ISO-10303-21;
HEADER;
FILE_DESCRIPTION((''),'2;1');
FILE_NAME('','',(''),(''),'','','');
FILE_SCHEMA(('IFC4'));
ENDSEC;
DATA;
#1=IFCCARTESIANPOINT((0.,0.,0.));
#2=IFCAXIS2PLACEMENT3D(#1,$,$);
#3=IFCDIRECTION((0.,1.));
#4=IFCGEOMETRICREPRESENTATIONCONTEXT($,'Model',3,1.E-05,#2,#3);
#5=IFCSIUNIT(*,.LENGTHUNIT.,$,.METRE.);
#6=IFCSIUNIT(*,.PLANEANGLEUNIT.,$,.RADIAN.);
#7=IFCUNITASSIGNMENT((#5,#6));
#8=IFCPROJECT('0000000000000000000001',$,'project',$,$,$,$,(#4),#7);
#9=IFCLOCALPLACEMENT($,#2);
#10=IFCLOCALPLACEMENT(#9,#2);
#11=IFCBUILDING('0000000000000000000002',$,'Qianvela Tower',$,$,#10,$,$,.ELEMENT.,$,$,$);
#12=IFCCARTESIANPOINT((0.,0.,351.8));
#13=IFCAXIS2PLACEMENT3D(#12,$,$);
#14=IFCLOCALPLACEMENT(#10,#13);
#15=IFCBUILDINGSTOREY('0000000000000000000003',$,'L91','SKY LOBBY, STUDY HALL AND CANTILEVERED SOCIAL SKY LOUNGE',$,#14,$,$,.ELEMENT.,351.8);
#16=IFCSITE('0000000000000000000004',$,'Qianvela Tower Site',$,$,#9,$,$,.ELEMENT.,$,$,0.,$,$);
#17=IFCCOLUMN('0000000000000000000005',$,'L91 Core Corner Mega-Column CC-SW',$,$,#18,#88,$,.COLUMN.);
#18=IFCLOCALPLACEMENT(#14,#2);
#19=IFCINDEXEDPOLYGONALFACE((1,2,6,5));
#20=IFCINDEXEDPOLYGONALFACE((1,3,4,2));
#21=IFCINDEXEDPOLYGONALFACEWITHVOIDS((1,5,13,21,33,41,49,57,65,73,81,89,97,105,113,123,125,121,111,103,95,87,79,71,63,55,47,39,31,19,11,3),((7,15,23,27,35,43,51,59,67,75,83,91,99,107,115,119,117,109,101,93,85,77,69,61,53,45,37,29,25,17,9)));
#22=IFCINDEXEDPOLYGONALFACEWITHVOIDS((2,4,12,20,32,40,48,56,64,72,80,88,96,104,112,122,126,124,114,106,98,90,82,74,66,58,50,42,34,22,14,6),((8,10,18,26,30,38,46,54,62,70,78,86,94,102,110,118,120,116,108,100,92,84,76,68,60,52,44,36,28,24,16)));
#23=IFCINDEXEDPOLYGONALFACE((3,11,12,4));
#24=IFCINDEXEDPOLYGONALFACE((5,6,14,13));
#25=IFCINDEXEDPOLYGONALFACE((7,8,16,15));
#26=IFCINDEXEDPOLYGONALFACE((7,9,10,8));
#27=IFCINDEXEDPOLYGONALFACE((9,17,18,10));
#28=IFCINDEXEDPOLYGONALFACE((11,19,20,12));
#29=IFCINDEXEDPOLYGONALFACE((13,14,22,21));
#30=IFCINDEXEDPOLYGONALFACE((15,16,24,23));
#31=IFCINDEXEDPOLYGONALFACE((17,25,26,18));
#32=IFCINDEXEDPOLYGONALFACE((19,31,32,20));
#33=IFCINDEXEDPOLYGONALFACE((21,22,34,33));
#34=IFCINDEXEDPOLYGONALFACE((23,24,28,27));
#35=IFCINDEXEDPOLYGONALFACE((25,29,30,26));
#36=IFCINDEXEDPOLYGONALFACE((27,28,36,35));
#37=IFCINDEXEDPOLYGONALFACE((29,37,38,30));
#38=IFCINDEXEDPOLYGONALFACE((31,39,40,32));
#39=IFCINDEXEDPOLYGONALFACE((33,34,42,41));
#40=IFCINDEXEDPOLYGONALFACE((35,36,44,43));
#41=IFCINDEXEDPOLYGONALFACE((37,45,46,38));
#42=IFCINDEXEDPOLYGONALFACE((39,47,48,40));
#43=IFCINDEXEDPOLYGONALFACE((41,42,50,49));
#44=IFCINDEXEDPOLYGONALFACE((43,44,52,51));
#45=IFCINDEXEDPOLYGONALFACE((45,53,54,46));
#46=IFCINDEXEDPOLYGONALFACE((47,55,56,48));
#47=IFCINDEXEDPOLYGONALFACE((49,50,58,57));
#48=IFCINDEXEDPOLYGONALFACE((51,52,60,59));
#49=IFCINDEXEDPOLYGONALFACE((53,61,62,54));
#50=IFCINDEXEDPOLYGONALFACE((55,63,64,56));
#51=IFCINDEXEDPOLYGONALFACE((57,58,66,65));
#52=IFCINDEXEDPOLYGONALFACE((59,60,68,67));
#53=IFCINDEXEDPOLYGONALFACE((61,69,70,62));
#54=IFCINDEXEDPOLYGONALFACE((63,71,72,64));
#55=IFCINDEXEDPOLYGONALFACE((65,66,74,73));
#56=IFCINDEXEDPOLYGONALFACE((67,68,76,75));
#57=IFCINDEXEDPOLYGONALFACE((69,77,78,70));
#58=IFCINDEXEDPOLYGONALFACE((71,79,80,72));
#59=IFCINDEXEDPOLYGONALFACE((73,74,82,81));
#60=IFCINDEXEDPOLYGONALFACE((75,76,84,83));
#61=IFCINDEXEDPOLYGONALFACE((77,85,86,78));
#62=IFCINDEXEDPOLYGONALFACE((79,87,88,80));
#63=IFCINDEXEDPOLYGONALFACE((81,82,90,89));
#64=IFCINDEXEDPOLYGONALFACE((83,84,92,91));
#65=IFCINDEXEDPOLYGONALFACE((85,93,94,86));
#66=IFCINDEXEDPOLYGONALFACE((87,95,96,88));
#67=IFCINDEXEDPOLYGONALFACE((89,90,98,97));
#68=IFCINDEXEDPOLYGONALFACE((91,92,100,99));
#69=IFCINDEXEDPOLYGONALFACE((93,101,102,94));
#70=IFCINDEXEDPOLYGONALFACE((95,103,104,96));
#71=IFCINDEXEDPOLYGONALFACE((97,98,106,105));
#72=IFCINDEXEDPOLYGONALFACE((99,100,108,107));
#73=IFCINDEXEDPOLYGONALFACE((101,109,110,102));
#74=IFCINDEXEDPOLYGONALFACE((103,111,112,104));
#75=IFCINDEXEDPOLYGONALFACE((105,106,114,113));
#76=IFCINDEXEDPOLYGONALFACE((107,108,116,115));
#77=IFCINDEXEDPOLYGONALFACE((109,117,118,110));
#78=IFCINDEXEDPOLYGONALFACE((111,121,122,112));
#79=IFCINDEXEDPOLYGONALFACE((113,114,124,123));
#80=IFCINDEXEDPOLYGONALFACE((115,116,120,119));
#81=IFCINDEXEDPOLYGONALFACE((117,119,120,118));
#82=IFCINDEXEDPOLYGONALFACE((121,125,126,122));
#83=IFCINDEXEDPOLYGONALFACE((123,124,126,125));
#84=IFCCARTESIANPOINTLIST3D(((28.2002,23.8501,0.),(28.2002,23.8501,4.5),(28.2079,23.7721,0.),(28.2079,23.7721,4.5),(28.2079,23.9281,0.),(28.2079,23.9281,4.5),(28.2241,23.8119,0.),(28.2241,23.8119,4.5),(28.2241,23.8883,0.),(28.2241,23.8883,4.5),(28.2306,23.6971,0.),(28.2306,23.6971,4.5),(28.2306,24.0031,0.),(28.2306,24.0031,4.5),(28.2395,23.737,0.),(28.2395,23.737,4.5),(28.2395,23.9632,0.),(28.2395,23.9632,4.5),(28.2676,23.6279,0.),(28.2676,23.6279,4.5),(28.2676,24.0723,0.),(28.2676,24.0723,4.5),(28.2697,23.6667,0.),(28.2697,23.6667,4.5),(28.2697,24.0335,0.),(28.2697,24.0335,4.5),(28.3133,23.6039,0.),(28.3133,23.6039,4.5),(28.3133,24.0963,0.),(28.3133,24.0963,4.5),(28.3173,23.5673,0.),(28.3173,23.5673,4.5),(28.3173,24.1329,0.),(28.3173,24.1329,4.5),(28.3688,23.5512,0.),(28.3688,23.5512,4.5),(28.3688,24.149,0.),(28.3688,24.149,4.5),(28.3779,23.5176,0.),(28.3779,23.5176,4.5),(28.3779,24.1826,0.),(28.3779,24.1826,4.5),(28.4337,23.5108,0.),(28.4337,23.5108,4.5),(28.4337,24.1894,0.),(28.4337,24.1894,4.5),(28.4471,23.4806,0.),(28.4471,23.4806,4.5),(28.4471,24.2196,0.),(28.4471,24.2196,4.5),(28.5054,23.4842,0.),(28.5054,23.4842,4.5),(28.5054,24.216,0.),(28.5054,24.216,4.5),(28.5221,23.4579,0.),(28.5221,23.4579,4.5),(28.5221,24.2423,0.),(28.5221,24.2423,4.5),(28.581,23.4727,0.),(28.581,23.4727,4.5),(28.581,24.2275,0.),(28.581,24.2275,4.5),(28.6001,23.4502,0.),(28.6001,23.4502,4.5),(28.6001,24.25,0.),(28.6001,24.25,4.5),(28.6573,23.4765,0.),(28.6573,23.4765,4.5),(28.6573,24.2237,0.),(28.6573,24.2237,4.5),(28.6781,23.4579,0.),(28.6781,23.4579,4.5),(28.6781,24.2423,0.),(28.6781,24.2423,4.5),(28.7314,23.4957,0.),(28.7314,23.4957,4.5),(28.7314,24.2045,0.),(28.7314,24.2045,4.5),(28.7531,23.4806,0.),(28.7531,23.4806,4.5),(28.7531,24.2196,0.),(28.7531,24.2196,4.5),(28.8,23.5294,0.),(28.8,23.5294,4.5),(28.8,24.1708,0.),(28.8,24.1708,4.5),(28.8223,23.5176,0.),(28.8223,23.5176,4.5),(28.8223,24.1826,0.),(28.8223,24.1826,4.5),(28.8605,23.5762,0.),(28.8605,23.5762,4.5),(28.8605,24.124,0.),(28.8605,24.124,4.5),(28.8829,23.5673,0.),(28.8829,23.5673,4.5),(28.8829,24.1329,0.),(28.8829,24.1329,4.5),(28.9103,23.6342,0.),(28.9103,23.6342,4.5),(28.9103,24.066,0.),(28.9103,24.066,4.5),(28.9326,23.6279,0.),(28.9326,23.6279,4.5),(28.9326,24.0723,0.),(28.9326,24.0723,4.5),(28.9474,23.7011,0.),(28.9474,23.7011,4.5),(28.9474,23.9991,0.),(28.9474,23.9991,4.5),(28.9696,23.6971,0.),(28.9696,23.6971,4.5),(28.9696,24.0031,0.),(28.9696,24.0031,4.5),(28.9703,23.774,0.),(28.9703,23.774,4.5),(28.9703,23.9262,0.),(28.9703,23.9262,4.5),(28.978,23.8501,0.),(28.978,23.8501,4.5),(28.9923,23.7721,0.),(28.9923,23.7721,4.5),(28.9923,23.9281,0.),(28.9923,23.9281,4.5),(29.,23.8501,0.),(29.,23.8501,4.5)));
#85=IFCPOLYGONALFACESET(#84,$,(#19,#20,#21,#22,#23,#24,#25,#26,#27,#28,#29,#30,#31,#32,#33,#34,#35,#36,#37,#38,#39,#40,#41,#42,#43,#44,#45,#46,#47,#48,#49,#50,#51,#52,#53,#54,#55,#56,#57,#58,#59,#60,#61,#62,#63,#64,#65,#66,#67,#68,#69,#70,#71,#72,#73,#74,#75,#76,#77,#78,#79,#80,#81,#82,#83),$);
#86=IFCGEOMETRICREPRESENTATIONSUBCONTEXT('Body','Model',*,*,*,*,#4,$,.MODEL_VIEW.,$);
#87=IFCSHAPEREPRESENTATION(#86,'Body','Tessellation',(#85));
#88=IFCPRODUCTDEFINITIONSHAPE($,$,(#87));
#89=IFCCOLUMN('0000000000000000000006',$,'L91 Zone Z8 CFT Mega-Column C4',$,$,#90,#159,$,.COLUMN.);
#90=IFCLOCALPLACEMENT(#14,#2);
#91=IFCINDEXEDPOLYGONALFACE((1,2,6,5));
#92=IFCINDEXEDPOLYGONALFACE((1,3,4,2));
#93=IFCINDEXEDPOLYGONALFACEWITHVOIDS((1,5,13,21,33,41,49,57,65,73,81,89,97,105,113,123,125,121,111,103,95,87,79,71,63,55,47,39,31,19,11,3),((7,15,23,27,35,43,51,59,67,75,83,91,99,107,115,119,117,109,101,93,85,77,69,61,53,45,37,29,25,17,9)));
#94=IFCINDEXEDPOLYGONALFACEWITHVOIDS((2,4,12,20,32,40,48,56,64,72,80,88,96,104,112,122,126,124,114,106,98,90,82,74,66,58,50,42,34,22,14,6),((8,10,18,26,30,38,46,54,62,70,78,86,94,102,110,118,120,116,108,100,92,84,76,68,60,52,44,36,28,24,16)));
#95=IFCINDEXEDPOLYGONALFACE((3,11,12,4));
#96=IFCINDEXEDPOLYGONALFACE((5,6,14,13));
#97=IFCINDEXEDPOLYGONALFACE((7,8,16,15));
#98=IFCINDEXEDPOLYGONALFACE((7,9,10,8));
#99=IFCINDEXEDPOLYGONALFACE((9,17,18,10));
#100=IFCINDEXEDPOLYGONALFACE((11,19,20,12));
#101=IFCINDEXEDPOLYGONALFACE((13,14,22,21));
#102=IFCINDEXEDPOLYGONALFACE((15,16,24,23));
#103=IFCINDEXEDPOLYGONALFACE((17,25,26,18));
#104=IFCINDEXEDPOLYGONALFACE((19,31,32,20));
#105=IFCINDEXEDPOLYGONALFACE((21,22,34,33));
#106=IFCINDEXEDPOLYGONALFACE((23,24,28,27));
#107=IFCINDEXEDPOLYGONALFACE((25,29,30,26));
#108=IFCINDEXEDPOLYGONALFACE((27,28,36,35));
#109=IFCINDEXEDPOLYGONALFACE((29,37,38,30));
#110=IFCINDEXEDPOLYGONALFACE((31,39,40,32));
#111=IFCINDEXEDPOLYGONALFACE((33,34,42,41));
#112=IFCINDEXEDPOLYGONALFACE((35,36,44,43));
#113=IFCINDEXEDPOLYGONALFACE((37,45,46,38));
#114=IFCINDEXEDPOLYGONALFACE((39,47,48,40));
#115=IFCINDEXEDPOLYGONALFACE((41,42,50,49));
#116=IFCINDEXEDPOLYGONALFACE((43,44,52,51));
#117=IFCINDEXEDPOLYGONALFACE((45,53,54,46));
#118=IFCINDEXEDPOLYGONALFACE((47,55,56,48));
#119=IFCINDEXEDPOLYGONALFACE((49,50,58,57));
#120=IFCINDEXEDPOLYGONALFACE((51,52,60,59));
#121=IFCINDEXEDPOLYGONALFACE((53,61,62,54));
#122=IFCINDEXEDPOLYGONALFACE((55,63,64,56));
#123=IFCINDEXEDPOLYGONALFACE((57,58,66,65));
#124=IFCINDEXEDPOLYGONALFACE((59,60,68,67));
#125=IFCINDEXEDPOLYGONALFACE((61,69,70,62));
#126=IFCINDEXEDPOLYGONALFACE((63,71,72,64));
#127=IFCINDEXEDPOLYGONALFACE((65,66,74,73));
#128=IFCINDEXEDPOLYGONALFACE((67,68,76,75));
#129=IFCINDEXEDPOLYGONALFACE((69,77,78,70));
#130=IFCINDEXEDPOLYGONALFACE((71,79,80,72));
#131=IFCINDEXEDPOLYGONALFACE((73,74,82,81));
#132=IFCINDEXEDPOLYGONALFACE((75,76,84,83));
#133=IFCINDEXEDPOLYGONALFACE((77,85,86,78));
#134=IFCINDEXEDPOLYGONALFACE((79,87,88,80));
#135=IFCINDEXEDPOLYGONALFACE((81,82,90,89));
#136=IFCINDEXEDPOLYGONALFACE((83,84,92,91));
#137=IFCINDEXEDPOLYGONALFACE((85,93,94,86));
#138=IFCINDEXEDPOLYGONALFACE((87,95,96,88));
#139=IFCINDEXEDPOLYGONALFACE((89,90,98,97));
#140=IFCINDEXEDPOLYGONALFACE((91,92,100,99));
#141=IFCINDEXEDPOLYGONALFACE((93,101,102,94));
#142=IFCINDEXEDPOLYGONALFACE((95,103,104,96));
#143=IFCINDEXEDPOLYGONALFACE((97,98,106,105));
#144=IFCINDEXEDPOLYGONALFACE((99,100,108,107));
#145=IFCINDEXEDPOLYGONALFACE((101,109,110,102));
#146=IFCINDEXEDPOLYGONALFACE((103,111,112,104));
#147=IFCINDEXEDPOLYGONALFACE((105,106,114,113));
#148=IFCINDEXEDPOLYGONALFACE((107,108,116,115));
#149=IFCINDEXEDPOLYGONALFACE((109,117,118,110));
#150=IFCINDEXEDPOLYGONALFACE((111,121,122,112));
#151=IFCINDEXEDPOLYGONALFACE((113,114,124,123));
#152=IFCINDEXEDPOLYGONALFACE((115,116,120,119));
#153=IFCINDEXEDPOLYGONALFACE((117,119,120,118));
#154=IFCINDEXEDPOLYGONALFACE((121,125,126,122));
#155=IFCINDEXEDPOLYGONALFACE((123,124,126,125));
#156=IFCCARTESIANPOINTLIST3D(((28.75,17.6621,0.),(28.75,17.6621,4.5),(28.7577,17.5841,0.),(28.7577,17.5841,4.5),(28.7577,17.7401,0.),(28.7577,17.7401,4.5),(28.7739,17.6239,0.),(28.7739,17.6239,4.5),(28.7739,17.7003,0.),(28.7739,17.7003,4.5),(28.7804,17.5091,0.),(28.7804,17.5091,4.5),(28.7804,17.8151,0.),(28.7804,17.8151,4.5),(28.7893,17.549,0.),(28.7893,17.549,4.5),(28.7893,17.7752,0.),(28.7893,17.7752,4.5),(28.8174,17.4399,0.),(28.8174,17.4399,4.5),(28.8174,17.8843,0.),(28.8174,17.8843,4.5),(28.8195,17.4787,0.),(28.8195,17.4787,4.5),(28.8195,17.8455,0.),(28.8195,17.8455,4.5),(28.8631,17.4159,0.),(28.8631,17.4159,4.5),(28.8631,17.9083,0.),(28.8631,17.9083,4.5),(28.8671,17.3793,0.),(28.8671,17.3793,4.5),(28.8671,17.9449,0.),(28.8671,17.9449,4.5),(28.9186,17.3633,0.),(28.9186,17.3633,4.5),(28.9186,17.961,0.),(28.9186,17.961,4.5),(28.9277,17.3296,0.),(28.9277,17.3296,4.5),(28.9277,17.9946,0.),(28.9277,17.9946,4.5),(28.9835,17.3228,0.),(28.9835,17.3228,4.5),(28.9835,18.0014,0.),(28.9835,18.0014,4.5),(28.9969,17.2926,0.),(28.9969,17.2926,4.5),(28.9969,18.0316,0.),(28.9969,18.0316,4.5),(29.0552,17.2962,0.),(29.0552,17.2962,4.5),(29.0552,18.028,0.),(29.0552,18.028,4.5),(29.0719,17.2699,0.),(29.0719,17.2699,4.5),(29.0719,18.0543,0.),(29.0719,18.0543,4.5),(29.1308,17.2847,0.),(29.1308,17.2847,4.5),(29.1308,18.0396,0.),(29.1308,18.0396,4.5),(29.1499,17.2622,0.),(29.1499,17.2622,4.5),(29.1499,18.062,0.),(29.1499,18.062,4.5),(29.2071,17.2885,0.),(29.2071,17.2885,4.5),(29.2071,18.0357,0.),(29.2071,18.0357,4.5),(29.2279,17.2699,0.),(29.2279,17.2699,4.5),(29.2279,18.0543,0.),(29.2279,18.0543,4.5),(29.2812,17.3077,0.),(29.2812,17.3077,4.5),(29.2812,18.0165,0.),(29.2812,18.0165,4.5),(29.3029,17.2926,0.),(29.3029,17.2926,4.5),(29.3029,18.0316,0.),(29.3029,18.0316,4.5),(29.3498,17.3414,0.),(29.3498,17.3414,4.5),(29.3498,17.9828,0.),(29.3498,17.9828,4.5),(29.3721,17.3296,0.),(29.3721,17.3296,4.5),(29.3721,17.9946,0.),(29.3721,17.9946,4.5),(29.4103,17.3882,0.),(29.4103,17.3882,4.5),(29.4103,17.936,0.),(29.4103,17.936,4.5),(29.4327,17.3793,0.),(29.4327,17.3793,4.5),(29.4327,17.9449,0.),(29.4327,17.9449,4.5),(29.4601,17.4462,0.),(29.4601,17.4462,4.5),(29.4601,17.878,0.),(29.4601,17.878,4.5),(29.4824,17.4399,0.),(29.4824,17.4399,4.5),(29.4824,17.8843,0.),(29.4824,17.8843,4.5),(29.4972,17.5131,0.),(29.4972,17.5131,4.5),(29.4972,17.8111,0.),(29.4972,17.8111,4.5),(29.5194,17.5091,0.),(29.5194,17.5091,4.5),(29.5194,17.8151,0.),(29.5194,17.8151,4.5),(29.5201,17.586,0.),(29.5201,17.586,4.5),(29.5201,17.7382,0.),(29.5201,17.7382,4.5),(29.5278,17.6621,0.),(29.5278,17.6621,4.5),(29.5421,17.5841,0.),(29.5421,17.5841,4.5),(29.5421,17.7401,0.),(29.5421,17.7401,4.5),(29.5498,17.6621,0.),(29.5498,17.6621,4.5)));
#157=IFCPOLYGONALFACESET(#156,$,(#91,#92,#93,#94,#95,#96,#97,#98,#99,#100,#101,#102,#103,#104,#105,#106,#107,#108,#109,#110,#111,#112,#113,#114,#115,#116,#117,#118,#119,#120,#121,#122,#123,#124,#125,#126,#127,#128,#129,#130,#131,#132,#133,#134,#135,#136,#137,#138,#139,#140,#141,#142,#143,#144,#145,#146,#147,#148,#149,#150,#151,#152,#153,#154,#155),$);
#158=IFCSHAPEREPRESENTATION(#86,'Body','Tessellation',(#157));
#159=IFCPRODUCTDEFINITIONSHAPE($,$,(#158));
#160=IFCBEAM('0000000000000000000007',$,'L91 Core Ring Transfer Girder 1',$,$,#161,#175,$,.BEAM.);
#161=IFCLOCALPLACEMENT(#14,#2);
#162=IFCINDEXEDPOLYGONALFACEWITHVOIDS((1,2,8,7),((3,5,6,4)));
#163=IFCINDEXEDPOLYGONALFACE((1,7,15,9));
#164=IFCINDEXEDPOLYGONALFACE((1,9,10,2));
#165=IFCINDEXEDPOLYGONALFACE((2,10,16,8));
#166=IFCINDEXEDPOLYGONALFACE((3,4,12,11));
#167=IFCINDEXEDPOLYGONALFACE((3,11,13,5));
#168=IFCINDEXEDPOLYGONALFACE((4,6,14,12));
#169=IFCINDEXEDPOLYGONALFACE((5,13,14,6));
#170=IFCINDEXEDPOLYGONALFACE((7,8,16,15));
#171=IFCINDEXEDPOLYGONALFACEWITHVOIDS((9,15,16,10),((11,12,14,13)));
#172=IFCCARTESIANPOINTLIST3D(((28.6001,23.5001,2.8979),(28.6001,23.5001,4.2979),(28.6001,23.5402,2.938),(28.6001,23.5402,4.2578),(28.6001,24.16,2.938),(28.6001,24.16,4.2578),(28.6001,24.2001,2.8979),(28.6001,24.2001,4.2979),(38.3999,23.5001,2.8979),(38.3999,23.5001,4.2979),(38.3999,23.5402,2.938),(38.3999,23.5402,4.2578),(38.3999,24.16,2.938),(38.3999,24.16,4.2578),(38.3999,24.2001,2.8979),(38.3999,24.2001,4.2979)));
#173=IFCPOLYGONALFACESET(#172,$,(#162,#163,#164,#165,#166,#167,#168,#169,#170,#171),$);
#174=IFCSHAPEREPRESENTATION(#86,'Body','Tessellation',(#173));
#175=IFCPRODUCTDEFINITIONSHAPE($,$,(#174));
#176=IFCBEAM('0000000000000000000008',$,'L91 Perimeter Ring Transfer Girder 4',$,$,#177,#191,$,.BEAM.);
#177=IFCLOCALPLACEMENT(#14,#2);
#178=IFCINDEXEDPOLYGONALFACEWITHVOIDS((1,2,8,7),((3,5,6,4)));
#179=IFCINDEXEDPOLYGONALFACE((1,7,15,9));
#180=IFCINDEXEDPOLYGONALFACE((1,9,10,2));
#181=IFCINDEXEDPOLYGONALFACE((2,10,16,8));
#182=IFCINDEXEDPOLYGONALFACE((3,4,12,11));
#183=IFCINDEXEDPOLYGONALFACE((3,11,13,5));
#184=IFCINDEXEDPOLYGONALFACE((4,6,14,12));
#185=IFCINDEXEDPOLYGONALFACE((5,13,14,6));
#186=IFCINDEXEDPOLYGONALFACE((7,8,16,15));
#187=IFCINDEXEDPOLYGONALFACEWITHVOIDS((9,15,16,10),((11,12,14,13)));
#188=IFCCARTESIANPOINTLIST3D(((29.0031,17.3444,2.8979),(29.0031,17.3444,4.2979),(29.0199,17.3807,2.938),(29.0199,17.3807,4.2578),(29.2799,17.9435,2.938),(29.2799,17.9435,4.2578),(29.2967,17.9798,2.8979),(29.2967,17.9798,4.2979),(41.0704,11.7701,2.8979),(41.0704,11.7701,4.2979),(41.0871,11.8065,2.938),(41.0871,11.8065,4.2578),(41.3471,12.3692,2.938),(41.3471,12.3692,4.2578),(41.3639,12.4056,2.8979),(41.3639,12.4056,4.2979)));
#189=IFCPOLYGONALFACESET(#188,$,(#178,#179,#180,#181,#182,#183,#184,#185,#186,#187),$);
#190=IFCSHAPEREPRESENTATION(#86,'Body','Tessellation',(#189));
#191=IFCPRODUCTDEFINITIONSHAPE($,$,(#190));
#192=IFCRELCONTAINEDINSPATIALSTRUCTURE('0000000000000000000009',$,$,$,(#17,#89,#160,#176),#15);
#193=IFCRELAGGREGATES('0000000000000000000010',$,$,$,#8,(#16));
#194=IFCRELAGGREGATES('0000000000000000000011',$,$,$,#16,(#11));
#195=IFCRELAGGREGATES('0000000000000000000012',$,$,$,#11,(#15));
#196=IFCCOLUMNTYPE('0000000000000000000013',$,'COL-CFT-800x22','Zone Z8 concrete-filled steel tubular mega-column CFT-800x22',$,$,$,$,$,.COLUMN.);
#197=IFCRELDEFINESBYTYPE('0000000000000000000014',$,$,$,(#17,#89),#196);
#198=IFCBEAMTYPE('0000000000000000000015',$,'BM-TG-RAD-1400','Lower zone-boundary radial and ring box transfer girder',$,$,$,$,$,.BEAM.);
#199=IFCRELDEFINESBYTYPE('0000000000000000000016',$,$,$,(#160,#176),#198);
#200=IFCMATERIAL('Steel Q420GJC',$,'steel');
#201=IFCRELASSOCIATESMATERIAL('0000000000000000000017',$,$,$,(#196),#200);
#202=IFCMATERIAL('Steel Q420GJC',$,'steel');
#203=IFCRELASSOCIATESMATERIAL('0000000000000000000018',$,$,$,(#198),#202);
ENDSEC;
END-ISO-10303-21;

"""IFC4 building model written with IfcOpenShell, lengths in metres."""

from ifc_helpers import new_model, si_unit, direction, frame, origin, origin_2d, place, context, subcontext, project, spatial, hollow_rectangle, hollow_circle, extrude, material, material_profile, profile_set, type_object, element, save


model = new_model("IFC4")

# Units and contexts
model_context = context("Model", 3, precision=1e-05, world=origin(), true_north=direction((0.0, 1.0)))
body_context = subcontext(model_context, "Body", "Model", "MODEL_VIEW")
ifc_project = project(units=[si_unit("LENGTHUNIT", "METRE"), si_unit("PLANEANGLEUNIT", "RADIAN")], contexts=[model_context])

# Site, building, storey
site_placement = place(None, origin())
site = spatial("IfcSite", under=ifc_project, at=site_placement, Name="Qianvela Tower Site", CompositionType="ELEMENT", RefElevation=0.0)
building_placement = place(site_placement, origin())
building = spatial("IfcBuilding", under=site, at=building_placement, Name="Qianvela Tower", CompositionType="ELEMENT")
storey_placement = place(building_placement, frame((0.0, 0.0, 351.8)))
storey = spatial("IfcBuildingStorey", under=building, at=storey_placement, Name="L91", Description="SKY LOBBY, STUDY HALL AND CANTILEVERED SOCIAL SKY LOUNGE", CompositionType="ELEMENT", Elevation=351.8)

# Columns
ifc_material_1 = material(Name="Steel Q420GJC", Category="steel")
ifc_material_profile_1 = material_profile(ifc_material_1, hollow_circle(Radius=0.3999, WallThickness=0.022, at=origin_2d()), Name="CFT-800x22")
ifc_profile_set_1 = profile_set([ifc_material_profile_1], Name="Steel Q420GJC")
column_type = type_object("IfcColumnType", Name="COL-CFT-800x22", Description="Zone Z8 concrete-filled steel tubular mega-column CFT-800x22", PredefinedType="COLUMN", material=ifc_profile_set_1)
for number, where, z_axis, x_axis, name in (
    (1, (28.6001, 23.8501, 0.0), (0.0, 0.0, 1.0), (1.0, 0.0, 0.0), "L91 Core Corner Mega-Column CC-SW"),
    (2, (29.1499, 17.6621, 0.0), (0.0, 0.0, 1.0), (1.0, 0.0, 0.0), "L91 Zone Z8 CFT Mega-Column C4"),
):
    element("IfcColumn", number, at=place(storey_placement, frame(where, z_axis=z_axis, x_axis=x_axis)), inside=storey, type_object=column_type, Name=name, PredefinedType="COLUMN", context=body_context, shape_type="SweptSolid", body=[
        extrude(hollow_circle(Radius=0.3999, WallThickness=0.022, at=origin_2d()), origin(), (0.0, 0.0, 1.0), 4.5),
    ])

# Beams
ifc_material_2 = material(Name="Steel Q420GJC", Category="steel")
ifc_material_profile_2 = material_profile(ifc_material_2, hollow_rectangle(XDim=0.7, YDim=1.3999, WallThickness=0.04, at=origin_2d()), Name="TG-BOX-1400x700x40")
ifc_profile_set_2 = profile_set([ifc_material_profile_2], Name="Steel Q420GJC")
beam_type = type_object("IfcBeamType", Name="BM-TG-RAD-1400", Description="Lower zone-boundary radial and ring box transfer girder", PredefinedType="BEAM", material=ifc_profile_set_2)
beam_1_placement = place(storey_placement, frame((28.6001, 23.8501, 3.5979), z_axis=(1.0, 0.0, 0.0), x_axis=(0.0, 1.0, 0.0)))
element("IfcBeam", 3, at=beam_1_placement, inside=storey, type_object=beam_type, Name="L91 Core Ring Transfer Girder 1", PredefinedType="BEAM", context=body_context, shape_type="SweptSolid", body=[
    extrude(hollow_rectangle(XDim=0.7, YDim=1.3999, WallThickness=0.04, at=origin_2d()), origin(), (0.0, 0.0, 1.0), 9.7998),
])
beam_2_placement = place(storey_placement, frame((29.1499, 17.6621, 3.5979), z_axis=(0.907823, -0.419354, 0.0), x_axis=(0.419354, 0.907823, 0.0)))
element("IfcBeam", 4, at=beam_2_placement, inside=storey, type_object=beam_type, Name="L91 Perimeter Ring Transfer Girder 4", PredefinedType="BEAM", context=body_context, shape_type="SweptSolid", body=[
    extrude(hollow_rectangle(XDim=0.7, YDim=1.3999, WallThickness=0.04, at=origin_2d()), origin(), (0.0, 0.0, 1.0), 13.2925),
])

save(model, "model.ifc")
